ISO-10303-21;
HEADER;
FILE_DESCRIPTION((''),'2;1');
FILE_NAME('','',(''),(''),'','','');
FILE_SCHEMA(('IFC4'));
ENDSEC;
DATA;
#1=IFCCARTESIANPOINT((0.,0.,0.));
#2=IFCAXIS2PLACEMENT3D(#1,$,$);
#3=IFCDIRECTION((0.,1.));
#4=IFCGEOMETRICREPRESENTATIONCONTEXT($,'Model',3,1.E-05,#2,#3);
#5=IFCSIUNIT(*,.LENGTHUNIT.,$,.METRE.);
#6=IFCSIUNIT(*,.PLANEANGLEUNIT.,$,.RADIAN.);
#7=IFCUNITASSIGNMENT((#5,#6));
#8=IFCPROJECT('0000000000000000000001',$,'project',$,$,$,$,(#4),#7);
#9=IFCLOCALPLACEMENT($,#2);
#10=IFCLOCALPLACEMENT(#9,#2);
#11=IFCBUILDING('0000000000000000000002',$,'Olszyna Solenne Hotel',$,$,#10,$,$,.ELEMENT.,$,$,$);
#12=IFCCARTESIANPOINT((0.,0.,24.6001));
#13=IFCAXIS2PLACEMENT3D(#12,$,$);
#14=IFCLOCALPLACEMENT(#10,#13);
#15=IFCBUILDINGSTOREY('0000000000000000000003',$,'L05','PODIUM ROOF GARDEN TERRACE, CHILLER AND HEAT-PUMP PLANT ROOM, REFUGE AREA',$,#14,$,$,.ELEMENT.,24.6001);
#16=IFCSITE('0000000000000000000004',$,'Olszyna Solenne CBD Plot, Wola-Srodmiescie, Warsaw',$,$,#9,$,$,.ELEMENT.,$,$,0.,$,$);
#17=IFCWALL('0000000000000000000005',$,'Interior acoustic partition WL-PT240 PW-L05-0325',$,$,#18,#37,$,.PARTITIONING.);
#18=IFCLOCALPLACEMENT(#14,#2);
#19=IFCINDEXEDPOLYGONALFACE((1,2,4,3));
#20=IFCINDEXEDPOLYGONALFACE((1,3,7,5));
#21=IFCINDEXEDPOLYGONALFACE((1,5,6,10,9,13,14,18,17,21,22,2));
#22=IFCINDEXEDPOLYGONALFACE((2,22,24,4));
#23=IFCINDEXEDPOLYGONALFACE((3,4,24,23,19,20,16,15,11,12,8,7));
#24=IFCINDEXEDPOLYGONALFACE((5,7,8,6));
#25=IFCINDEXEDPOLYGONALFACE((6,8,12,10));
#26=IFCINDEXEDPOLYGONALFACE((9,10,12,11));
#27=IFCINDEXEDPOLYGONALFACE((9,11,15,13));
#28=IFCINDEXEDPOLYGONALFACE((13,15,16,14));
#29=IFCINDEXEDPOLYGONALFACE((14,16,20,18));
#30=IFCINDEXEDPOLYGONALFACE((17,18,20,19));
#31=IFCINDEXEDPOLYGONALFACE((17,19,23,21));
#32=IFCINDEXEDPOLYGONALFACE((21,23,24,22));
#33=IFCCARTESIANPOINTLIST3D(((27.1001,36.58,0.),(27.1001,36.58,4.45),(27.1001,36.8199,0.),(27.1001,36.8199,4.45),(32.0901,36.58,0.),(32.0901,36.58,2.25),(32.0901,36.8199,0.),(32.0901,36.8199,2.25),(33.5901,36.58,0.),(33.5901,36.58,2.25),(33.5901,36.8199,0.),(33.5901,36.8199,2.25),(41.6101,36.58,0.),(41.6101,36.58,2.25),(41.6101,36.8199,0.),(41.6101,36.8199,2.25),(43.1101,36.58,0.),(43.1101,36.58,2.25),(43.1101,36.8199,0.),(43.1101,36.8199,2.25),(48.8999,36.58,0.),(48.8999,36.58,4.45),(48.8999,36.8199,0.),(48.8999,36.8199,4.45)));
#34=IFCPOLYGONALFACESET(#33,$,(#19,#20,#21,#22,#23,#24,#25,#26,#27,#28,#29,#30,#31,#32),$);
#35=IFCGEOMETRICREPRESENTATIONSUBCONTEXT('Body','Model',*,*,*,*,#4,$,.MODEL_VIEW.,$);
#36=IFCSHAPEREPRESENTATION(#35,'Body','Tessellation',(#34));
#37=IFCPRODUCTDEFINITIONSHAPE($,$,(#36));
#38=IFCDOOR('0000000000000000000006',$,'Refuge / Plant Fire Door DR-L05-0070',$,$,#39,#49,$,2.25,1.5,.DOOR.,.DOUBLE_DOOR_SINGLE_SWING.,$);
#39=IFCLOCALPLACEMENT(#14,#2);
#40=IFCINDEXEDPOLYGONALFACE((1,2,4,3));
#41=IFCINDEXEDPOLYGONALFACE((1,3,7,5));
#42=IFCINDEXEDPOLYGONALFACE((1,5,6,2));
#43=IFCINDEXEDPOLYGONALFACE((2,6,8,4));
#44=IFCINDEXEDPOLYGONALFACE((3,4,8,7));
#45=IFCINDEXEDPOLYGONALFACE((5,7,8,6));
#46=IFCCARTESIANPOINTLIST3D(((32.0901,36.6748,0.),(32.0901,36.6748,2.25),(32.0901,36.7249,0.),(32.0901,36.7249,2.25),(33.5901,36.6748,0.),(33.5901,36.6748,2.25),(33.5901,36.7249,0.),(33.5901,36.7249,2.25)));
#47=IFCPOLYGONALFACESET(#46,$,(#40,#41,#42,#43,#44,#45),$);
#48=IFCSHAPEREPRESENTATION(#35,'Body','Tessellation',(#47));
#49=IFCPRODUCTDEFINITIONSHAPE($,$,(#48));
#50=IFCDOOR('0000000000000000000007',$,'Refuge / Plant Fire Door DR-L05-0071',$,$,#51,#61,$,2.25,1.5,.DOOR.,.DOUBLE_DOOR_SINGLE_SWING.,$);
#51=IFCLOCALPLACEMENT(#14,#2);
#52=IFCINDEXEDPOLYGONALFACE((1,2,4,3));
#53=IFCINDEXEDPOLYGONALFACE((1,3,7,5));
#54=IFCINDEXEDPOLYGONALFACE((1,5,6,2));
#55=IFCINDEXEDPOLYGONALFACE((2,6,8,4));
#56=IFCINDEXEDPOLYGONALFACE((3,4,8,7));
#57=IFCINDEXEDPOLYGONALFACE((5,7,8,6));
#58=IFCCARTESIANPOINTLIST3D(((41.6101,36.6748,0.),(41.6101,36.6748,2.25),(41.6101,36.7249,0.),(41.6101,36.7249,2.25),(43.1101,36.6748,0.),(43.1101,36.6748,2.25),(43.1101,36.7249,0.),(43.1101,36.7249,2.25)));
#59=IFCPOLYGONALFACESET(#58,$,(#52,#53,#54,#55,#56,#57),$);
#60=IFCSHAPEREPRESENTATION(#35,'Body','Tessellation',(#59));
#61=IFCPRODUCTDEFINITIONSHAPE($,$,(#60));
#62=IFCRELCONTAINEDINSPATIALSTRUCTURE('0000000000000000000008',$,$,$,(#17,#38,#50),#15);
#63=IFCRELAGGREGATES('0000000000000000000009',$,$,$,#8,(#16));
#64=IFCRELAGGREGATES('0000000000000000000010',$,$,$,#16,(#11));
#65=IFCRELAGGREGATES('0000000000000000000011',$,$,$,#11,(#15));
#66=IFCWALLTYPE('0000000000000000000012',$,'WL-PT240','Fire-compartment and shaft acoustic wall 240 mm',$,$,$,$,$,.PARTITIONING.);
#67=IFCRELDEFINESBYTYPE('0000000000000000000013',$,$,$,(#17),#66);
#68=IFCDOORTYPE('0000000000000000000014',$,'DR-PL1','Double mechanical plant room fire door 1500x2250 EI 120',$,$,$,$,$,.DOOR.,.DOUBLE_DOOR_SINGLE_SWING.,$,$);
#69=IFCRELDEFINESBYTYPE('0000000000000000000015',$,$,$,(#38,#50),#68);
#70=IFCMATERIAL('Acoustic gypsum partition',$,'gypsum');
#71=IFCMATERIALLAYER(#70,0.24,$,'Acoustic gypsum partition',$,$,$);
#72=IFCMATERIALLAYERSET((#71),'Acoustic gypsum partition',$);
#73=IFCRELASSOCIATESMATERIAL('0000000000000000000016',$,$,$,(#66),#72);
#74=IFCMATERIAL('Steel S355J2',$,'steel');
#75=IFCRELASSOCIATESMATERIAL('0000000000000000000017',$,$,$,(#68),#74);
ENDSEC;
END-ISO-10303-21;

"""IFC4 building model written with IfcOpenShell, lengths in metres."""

from ifc_helpers import new_model, si_unit, direction, frame, frame_2d, origin, place, context, subcontext, project, spatial, rectangle, extrude, source, transform, mapped, material, layer, layer_set, type_object, type_shapes, element, fill, save


model = new_model("IFC4")

# Units and contexts
model_context = context("Model", 3, precision=1e-05, world=origin(), true_north=direction((0.0, 1.0)))
body_context = subcontext(model_context, "Body", "Model", "MODEL_VIEW")
ifc_project = project(units=[si_unit("LENGTHUNIT", "METRE"), si_unit("PLANEANGLEUNIT", "RADIAN")], contexts=[model_context])

# Site, building, storey
site_placement = place(None, origin())
site = spatial("IfcSite", under=ifc_project, at=site_placement, Name="Olszyna Solenne CBD Plot, Wola-Srodmiescie, Warsaw", CompositionType="ELEMENT", RefElevation=0.0)
building_placement = place(site_placement, origin())
building = spatial("IfcBuilding", under=site, at=building_placement, Name="Olszyna Solenne Hotel", CompositionType="ELEMENT")
storey_placement = place(building_placement, frame((0.0, 0.0, 24.6001)))
storey = spatial("IfcBuildingStorey", under=building, at=storey_placement, Name="L05", Description="PODIUM ROOF GARDEN TERRACE, CHILLER AND HEAT-PUMP PLANT ROOM, REFUGE AREA", CompositionType="ELEMENT", Elevation=24.6001)

# Shared definitions
ifc_material_1 = material(Name="Steel S355J2", Category="steel")

# Shared definitions
ifc_material_2 = material(Name="Acoustic gypsum partition", Category="gypsum")
ifc_layer_1 = layer(ifc_material_2, 0.24, Name="Acoustic gypsum partition")
ifc_layer_set_1 = layer_set([ifc_layer_1], Name="Acoustic gypsum partition")
wall_type_1 = type_object("IfcWallType", Name="WL-PT240", Description="Fire-compartment and shaft acoustic wall 240 mm", PredefinedType="PARTITIONING", material=ifc_layer_set_1)

# Wall, openings, doors
wall_1_placement = place(storey_placement, frame((27.1001, 36.7, 0.0), z_axis=(0.0, 0.0, 1.0), x_axis=(1.0, 0.0, 0.0)))
wall_1 = element("IfcWall", 1, at=wall_1_placement, inside=storey, type_object=wall_type_1, Name="Interior acoustic partition WL-PT240 PW-L05-0325", PredefinedType="PARTITIONING", context=body_context, shape_type="SweptSolid", body=[
    extrude(rectangle(XDim=21.7998, YDim=0.24, at=frame_2d((10.8999, 0.0))), origin(), (0.0, 0.0, 1.0), 4.45),
])
opening_1_placement = place(wall_1_placement, frame((4.99, 0.0, 0.0)))
opening_1 = element("IfcOpeningElement", 2, at=opening_1_placement, cuts=wall_1, PredefinedType="OPENING", context=body_context, shape_type="SweptSolid", body=[
    extrude(rectangle(XDim=1.5, YDim=2.25, at=frame_2d((0.75, 1.125))), frame((0.0, 0.1299, 0.0), z_axis=(0.0, -1.0, 0.0), x_axis=(1.0, 0.0, 0.0)), (0.0, 0.0, 1.0), 0.26),
])
opening_2_placement = place(wall_1_placement, frame((14.51, 0.0, 0.0)))
opening_2 = element("IfcOpeningElement", 3, at=opening_2_placement, cuts=wall_1, PredefinedType="OPENING", context=body_context, shape_type="SweptSolid", body=[
    extrude(rectangle(XDim=1.5, YDim=2.25, at=frame_2d((0.75, 1.125))), frame((0.0, 0.1299, 0.0), z_axis=(0.0, -1.0, 0.0), x_axis=(1.0, 0.0, 0.0)), (0.0, 0.0, 1.0), 0.26),
])
door_type = type_object("IfcDoorType", Name="DR-PL1", Description="Double mechanical plant room fire door 1500x2250 EI 120", OperationType="DOUBLE_DOOR_SINGLE_SWING", PredefinedType="DOOR", material=ifc_material_1)
shared_shape_1 = source(origin(), body_context, "Body", "SweptSolid", [
    extrude(rectangle(XDim=1.5, YDim=2.25, at=frame_2d((0.75, 1.125))), frame((0.0, 0.0249, 0.0), z_axis=(0.0, -1.0, 0.0), x_axis=(1.0, 0.0, 0.0)), (0.0, 0.0, 1.0), 0.05),
])
type_shapes(door_type, [shared_shape_1])
door_1_placement = place(opening_1_placement, origin())
door_1 = element("IfcDoor", 4, at=door_1_placement, inside=storey, type_object=door_type, Name="Refuge / Plant Fire Door DR-L05-0070", OperationType="DOUBLE_DOOR_SINGLE_SWING", OverallHeight=2.25, OverallWidth=1.5, PredefinedType="DOOR", context=body_context, shape_type="MappedRepresentation", body=[
    mapped(shared_shape_1, transform((0.0, 0.0, 0.0), x_axis=(1.0, 0.0, 0.0), y_axis=(0.0, 1.0, 0.0), z_axis=(0.0, 0.0, 1.0), scale=1.0)),
])
fill(opening_1, door_1)
door_2_placement = place(opening_2_placement, origin())
door_2 = element("IfcDoor", 5, at=door_2_placement, inside=storey, type_object=door_type, Name="Refuge / Plant Fire Door DR-L05-0071", OperationType="DOUBLE_DOOR_SINGLE_SWING", OverallHeight=2.25, OverallWidth=1.5, PredefinedType="DOOR", context=body_context, shape_type="MappedRepresentation", body=[
    mapped(shared_shape_1, transform((0.0, 0.0, 0.0), x_axis=(1.0, 0.0, 0.0), y_axis=(0.0, 1.0, 0.0), z_axis=(0.0, 0.0, 1.0), scale=1.0)),
])
fill(opening_2, door_2)

save(model, "model.ifc")
